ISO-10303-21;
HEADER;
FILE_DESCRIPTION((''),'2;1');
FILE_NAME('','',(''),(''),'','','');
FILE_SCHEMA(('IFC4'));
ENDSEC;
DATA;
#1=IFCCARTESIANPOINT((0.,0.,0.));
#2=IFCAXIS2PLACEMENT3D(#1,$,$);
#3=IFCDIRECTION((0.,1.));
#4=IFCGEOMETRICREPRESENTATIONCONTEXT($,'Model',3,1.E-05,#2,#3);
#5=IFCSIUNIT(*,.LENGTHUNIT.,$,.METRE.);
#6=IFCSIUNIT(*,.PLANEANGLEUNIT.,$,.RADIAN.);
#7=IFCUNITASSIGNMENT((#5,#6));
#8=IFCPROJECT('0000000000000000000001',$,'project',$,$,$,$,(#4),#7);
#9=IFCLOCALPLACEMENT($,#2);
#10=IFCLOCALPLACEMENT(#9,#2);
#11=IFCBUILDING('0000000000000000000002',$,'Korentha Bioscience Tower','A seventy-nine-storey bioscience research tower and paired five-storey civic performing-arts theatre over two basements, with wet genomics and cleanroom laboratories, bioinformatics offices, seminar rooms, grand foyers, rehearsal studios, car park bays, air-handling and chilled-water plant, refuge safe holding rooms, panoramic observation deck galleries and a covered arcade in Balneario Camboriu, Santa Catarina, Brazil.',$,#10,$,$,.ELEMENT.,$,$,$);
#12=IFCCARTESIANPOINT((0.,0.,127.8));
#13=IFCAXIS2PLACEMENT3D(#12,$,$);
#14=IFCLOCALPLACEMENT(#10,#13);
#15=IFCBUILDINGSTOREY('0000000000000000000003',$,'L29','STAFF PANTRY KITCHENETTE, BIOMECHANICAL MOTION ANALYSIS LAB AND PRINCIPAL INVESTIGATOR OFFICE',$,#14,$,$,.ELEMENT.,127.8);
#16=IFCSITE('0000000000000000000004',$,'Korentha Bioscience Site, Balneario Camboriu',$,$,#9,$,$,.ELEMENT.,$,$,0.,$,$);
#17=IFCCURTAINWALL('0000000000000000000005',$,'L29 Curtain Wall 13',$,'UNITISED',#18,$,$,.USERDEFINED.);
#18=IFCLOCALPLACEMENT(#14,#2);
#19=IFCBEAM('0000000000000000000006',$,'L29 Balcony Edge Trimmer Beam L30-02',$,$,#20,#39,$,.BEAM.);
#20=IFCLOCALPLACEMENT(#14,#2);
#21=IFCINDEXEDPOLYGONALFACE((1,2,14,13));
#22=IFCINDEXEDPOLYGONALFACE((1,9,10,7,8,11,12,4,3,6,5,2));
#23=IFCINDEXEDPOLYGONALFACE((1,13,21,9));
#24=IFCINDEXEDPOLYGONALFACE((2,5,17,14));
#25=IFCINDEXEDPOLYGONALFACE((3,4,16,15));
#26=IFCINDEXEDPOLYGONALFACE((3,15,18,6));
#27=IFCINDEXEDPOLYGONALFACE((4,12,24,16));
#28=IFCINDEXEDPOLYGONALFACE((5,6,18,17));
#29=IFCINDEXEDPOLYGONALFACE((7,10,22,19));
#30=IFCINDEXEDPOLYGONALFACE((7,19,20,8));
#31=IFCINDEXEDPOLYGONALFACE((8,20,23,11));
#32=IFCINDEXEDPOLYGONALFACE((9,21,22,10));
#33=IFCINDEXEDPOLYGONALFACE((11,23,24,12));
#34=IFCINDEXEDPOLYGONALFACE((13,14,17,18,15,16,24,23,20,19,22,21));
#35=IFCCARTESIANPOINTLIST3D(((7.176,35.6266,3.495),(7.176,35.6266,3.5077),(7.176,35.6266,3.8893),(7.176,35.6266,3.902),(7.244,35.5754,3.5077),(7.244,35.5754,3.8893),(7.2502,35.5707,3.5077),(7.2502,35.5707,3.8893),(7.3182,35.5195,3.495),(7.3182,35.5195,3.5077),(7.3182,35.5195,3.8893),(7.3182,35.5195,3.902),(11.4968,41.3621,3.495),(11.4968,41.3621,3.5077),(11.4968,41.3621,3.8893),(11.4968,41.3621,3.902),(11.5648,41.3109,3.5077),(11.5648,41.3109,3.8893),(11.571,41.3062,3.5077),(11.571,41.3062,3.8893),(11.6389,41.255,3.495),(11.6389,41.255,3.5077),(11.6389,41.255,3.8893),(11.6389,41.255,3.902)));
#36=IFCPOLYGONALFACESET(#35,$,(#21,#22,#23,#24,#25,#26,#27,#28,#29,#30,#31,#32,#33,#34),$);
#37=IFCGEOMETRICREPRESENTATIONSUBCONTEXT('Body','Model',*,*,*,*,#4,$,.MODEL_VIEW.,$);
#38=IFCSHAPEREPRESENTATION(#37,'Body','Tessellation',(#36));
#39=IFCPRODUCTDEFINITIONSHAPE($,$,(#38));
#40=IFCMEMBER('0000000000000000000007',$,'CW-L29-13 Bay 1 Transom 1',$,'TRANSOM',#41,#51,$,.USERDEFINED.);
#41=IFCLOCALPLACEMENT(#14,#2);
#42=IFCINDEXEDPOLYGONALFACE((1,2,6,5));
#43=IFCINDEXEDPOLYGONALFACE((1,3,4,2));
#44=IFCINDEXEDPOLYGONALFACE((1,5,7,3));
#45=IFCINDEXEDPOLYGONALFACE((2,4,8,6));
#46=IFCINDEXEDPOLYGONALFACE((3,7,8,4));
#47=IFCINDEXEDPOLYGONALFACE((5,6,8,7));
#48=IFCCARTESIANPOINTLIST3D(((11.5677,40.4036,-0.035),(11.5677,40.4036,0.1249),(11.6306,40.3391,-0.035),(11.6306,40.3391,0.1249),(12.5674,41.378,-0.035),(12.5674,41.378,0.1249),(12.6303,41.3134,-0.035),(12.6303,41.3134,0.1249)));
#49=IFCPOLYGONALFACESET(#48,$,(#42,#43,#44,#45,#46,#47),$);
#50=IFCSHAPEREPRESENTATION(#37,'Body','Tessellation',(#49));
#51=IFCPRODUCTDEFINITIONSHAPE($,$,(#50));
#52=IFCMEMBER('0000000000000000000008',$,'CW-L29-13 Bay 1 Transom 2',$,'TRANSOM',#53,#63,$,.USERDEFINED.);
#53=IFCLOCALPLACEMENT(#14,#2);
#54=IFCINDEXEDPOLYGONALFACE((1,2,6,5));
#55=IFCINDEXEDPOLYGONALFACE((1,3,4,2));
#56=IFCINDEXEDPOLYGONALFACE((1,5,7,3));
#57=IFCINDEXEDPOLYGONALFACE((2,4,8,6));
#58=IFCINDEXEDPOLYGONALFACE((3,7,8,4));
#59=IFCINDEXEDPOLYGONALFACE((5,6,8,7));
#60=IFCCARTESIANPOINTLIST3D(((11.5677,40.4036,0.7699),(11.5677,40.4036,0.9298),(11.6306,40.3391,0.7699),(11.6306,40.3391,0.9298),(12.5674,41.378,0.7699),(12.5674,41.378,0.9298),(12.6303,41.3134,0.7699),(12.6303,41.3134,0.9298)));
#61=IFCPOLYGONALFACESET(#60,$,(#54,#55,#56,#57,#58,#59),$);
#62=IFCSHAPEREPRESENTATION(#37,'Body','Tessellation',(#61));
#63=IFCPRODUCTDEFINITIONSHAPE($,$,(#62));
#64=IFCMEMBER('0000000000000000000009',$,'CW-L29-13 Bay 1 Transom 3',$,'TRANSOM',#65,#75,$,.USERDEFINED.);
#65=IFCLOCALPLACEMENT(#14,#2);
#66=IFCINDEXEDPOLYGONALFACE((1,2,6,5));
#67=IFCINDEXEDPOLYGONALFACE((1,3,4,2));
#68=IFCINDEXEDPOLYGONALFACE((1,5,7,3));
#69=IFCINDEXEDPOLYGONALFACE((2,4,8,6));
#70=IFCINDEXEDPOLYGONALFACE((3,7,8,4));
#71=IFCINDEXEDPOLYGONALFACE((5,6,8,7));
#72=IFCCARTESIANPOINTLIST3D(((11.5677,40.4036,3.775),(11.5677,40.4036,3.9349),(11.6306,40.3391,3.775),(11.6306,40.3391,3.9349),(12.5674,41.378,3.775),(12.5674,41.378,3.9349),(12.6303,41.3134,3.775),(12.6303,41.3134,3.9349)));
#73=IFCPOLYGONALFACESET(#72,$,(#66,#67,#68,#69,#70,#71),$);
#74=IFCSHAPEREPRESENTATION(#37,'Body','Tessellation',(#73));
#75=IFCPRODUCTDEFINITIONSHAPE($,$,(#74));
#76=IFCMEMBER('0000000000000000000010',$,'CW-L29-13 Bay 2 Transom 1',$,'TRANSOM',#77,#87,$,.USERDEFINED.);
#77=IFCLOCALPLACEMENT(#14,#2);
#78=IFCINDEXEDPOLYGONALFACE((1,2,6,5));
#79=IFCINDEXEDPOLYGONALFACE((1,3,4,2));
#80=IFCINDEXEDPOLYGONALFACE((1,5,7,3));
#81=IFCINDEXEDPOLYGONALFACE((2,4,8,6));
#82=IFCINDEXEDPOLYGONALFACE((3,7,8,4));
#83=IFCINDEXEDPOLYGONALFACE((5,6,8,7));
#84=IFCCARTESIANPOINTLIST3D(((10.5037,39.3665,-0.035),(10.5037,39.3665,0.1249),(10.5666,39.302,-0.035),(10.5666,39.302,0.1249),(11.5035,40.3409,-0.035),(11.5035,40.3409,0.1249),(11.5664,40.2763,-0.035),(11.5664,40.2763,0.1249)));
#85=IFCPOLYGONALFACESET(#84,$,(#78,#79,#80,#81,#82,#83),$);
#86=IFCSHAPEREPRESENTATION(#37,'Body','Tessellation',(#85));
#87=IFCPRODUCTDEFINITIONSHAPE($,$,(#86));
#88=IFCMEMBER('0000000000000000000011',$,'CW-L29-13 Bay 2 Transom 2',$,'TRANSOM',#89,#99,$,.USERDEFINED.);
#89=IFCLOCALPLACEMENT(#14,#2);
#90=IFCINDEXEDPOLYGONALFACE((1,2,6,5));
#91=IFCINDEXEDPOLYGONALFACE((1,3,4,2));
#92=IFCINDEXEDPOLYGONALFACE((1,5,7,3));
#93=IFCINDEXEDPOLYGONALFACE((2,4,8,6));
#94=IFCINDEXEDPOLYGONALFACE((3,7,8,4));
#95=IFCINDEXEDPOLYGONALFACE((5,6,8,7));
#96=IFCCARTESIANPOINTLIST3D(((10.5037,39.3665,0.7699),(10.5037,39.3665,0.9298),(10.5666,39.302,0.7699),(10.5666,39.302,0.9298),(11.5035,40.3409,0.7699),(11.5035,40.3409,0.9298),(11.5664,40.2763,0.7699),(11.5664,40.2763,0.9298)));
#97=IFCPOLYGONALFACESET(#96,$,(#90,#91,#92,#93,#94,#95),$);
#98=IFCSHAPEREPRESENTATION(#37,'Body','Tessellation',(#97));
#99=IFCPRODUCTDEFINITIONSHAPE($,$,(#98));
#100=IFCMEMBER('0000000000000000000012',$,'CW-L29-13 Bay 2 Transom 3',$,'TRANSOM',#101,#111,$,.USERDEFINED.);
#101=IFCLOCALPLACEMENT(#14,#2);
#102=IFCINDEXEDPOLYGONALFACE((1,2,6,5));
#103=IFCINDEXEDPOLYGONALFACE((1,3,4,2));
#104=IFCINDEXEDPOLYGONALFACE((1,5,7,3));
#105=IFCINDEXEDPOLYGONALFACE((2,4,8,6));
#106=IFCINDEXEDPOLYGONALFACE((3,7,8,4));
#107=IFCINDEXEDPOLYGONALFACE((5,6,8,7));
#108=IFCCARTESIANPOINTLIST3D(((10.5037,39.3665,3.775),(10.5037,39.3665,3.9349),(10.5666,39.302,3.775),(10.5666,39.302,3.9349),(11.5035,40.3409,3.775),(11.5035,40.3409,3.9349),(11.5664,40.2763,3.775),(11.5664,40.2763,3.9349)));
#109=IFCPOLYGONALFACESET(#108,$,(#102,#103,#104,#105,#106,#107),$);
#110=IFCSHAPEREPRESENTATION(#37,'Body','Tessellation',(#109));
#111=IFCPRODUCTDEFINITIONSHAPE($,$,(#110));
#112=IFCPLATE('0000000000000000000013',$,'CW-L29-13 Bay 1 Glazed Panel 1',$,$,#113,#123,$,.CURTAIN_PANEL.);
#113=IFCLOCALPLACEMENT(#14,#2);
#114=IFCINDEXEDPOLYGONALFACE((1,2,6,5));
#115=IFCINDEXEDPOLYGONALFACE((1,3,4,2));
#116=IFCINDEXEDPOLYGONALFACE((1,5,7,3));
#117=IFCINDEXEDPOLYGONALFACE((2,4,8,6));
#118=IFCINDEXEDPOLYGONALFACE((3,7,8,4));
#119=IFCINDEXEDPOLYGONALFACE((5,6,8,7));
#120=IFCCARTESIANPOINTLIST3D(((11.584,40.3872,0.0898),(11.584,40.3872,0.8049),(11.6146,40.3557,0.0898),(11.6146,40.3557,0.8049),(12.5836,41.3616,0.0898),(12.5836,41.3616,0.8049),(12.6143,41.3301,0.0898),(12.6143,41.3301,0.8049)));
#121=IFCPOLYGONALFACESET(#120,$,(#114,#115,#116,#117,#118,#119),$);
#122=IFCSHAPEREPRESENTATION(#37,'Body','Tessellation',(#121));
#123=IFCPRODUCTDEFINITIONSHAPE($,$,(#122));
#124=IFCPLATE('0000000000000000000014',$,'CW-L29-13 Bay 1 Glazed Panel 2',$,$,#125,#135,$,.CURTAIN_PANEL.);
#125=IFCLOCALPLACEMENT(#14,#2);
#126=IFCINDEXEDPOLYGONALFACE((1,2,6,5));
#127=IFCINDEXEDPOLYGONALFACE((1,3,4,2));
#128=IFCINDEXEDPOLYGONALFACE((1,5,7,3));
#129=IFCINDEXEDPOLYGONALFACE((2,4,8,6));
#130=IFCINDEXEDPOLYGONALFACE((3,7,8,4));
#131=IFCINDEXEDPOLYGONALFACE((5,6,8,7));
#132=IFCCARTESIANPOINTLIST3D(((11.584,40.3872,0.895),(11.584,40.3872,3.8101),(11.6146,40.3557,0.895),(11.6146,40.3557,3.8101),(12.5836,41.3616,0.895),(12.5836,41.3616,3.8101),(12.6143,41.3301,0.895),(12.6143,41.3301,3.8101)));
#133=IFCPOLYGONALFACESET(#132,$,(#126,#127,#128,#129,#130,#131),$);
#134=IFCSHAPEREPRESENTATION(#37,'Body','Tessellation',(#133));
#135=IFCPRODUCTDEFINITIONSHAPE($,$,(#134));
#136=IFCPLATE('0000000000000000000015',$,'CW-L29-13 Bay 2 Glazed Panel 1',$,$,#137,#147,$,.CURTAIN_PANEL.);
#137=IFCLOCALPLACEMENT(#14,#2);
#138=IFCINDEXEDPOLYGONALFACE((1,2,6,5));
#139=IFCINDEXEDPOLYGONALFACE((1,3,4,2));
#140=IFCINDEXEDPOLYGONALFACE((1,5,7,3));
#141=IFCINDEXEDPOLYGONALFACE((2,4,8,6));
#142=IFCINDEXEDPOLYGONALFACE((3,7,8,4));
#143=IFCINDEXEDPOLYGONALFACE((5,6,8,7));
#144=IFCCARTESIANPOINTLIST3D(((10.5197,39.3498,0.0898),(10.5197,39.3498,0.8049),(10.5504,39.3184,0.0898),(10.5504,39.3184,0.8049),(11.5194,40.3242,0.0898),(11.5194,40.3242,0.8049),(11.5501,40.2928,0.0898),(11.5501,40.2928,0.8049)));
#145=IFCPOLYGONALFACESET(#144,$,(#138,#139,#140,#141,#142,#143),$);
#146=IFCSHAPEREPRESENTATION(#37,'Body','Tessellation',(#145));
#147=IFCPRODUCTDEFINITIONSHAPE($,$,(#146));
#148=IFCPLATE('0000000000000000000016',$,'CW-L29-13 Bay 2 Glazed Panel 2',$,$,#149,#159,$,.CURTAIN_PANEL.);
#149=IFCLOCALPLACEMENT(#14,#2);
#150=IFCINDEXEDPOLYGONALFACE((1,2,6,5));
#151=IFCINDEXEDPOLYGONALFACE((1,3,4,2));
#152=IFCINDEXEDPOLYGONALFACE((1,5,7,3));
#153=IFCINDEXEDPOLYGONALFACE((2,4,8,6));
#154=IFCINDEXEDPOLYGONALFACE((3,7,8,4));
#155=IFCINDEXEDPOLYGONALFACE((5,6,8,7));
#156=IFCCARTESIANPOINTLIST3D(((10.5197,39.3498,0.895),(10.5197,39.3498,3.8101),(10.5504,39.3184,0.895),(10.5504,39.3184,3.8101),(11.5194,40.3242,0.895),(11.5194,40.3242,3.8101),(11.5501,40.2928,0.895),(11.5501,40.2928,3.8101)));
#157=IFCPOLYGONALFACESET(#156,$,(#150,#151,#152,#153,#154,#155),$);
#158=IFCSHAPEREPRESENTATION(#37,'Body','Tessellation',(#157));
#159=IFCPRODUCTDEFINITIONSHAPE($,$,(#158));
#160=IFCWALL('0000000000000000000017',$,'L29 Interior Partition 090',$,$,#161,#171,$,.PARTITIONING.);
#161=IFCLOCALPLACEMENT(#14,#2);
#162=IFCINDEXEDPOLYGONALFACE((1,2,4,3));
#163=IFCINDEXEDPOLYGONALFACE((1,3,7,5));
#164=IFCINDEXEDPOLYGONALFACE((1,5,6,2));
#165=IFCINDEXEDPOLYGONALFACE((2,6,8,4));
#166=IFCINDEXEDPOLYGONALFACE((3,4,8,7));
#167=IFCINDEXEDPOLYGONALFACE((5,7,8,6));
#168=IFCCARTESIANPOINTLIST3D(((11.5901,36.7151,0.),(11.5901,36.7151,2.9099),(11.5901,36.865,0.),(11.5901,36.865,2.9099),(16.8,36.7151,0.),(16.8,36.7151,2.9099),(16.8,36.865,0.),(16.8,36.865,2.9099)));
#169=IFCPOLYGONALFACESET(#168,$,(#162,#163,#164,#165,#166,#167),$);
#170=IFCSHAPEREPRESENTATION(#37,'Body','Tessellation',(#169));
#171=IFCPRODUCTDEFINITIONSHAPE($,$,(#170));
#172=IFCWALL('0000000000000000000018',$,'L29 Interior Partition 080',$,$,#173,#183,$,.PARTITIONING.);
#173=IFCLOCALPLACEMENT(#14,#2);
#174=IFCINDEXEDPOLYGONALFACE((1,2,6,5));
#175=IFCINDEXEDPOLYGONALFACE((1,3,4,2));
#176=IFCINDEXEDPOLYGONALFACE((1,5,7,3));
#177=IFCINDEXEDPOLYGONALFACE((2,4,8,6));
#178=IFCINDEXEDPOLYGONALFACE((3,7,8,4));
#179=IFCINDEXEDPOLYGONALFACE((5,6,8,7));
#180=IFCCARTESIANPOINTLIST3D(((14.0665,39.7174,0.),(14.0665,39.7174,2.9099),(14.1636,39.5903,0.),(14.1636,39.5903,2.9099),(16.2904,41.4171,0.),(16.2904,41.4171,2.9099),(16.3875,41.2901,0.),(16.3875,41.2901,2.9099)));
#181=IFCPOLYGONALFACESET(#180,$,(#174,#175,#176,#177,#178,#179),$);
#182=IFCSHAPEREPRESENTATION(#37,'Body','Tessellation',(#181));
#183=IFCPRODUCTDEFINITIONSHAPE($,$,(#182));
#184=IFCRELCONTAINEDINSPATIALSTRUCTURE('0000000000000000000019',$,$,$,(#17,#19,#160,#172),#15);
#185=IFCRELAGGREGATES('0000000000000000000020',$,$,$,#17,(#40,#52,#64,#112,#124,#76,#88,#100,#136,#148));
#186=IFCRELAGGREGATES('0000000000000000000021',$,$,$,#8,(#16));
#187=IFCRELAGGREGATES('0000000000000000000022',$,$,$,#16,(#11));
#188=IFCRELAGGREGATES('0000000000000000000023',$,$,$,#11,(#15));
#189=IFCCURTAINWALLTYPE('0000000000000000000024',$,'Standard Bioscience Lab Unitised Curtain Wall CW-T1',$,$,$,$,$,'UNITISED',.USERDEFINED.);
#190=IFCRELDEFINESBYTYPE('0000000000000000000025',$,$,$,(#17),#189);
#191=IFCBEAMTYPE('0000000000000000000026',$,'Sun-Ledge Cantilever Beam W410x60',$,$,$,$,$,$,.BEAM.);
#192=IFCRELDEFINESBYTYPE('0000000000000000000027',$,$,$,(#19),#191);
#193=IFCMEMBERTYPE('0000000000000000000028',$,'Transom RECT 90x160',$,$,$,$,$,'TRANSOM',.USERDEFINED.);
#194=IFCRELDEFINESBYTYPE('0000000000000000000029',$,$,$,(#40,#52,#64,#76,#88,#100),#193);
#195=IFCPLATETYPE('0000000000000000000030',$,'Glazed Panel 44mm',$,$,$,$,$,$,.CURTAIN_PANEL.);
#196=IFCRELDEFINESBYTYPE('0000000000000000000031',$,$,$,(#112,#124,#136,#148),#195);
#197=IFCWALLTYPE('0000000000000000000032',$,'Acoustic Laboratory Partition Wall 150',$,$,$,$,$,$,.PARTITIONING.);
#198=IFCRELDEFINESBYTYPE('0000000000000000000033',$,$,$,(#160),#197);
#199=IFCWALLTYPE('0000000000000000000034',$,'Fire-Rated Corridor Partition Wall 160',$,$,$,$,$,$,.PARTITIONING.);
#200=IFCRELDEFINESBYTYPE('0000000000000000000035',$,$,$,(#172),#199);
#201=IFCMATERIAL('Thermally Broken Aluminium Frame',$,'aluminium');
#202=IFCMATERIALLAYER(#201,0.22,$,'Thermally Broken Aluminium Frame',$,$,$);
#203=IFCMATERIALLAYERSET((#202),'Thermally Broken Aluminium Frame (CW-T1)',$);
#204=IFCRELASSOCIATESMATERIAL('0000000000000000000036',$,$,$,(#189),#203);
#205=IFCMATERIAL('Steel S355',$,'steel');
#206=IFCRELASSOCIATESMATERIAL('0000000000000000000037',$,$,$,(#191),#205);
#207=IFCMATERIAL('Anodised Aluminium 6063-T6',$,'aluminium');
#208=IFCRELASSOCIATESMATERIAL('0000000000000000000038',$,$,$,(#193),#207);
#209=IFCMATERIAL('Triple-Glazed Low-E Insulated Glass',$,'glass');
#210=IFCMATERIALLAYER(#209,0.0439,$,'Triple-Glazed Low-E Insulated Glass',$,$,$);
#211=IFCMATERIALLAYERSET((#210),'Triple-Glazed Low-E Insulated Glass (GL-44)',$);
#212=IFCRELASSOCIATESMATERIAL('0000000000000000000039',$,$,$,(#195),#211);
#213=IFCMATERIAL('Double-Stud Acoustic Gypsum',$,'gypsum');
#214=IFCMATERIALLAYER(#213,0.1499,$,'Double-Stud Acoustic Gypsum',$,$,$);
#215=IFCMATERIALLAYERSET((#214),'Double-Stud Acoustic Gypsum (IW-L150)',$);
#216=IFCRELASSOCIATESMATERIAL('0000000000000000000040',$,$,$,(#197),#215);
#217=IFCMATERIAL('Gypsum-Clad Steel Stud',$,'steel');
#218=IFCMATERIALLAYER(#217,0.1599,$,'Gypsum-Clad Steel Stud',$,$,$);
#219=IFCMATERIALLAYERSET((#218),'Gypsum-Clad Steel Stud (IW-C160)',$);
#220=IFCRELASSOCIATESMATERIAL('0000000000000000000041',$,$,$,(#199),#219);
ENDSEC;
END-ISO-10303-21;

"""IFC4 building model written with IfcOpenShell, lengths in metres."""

from ifc_helpers import new_model, si_unit, direction, frame, frame_2d, origin, origin_2d, place, context, subcontext, project, spatial, rectangle, i_section, extrude, material, layer, layer_set, material_profile, profile_set, type_object, element, aggregate, save


model = new_model("IFC4")

# Units and contexts
model_context = context("Model", 3, precision=1e-05, world=origin(), true_north=direction((0.0, 1.0)))
body_context = subcontext(model_context, "Body", "Model", "MODEL_VIEW")
ifc_project = project(units=[si_unit("LENGTHUNIT", "METRE"), si_unit("PLANEANGLEUNIT", "RADIAN")], contexts=[model_context])

# Site, building, storey
site_placement = place(None, origin())
site = spatial("IfcSite", under=ifc_project, at=site_placement, Name="Korentha Bioscience Site, Balneario Camboriu", CompositionType="ELEMENT", RefElevation=0.0)
building_placement = place(site_placement, origin())
building = spatial("IfcBuilding", under=site, at=building_placement, Name="Korentha Bioscience Tower", Description="A seventy-nine-storey bioscience research tower and paired five-storey civic performing-arts theatre over two basements, with wet genomics and cleanroom laboratories, bioinformatics offices, seminar rooms, grand foyers, rehearsal studios, car park bays, air-handling and chilled-water plant, refuge safe holding rooms, panoramic observation deck galleries and a covered arcade in Balneario Camboriu, Santa Catarina, Brazil.", CompositionType="ELEMENT")
storey_placement = place(building_placement, frame((0.0, 0.0, 127.8)))
storey = spatial("IfcBuildingStorey", under=building, at=storey_placement, Name="L29", Description="STAFF PANTRY KITCHENETTE, BIOMECHANICAL MOTION ANALYSIS LAB AND PRINCIPAL INVESTIGATOR OFFICE", CompositionType="ELEMENT", Elevation=127.8)

# Curtain wall
ifc_material_1 = material(Name="Thermally Broken Aluminium Frame", Category="aluminium")
ifc_layer_1 = layer(ifc_material_1, 0.22, Name="Thermally Broken Aluminium Frame")
ifc_layer_set_1 = layer_set([ifc_layer_1], Name="Thermally Broken Aluminium Frame (CW-T1)")
curtain_wall_type = type_object("IfcCurtainWallType", Name="Standard Bioscience Lab Unitised Curtain Wall CW-T1", ElementType="UNITISED", PredefinedType="USERDEFINED", material=ifc_layer_set_1)
curtain_wall_placement = place(storey_placement, origin())
curtain_wall = element("IfcCurtainWall", 1, at=curtain_wall_placement, inside=storey, type_object=curtain_wall_type, Name="L29 Curtain Wall 13", ObjectType="UNITISED", PredefinedType="USERDEFINED")
ifc_material_2 = material(Name="Anodised Aluminium 6063-T6", Category="aluminium")

# Beam
ifc_material_3 = material(Name="Steel S355", Category="steel")
ifc_material_profile_1 = material_profile(ifc_material_3, i_section(OverallWidth=0.178, OverallDepth=0.407, WebThickness=0.0078, FlangeThickness=0.0127, at=origin_2d()), Name="Steel S355")
ifc_profile_set_1 = profile_set([ifc_material_profile_1], Name="Steel S355 (CB-410)")
beam_type_1 = type_object("IfcBeamType", Name="Sun-Ledge Cantilever Beam W410x60", PredefinedType="BEAM", material=ifc_profile_set_1)
beam_1_placement = place(storey_placement, frame((11.5679, 41.3086, 3.6985), z_axis=(-0.601701, -0.798721, 0.0), x_axis=(0.798721, -0.601701, 0.0)))
element("IfcBeam", 2, at=beam_1_placement, inside=storey, type_object=beam_type_1, Name="L29 Balcony Edge Trimmer Beam L30-02", PredefinedType="BEAM", context=body_context, shape_type="SweptSolid", body=[
    extrude(i_section(OverallWidth=0.178, OverallDepth=0.407, WebThickness=0.0078, FlangeThickness=0.0127, at=origin_2d()), origin(), (0.0, 0.0, 1.0), 7.1809),
])

# Members
ifc_material_profile_2 = material_profile(ifc_material_2, rectangle(XDim=0.0901, YDim=0.1599, at=origin_2d()), Name="Anodised Aluminium 6063-T6")
ifc_profile_set_2 = profile_set([ifc_material_profile_2], Name="Anodised Aluminium 6063-T6 (CW-TRN)")
member_type_1 = type_object("IfcMemberType", Name="Transom RECT 90x160", ElementType="TRANSOM", PredefinedType="USERDEFINED", material=ifc_profile_set_2)
member_1_placement = place(storey_placement, frame((12.5989, 41.3457, 0.0449), z_axis=(-0.716142, -0.697954, 0.0), x_axis=(0.697954, -0.716142, 0.0)))
member_1 = element("IfcMember", 3, at=member_1_placement, type_object=member_type_1, Name="CW-L29-13 Bay 1 Transom 1", ObjectType="TRANSOM", PredefinedType="USERDEFINED", context=body_context, shape_type="SweptSolid", body=[
    extrude(rectangle(XDim=0.0901, YDim=0.1599, at=origin_2d()), origin(), (0.0, 0.0, 1.0), 1.396),
])
member_2_placement = place(storey_placement, frame((12.5989, 41.3457, 0.8499), z_axis=(-0.716142, -0.697954, 0.0), x_axis=(0.697954, -0.716142, 0.0)))
member_2 = element("IfcMember", 4, at=member_2_placement, type_object=member_type_1, Name="CW-L29-13 Bay 1 Transom 2", ObjectType="TRANSOM", PredefinedType="USERDEFINED", context=body_context, shape_type="SweptSolid", body=[
    extrude(rectangle(XDim=0.0901, YDim=0.1599, at=origin_2d()), origin(), (0.0, 0.0, 1.0), 1.396),
])
member_3_placement = place(storey_placement, frame((12.5989, 41.3457, 3.855), z_axis=(-0.716142, -0.697954, 0.0), x_axis=(0.697954, -0.716142, 0.0)))
member_3 = element("IfcMember", 5, at=member_3_placement, type_object=member_type_1, Name="CW-L29-13 Bay 1 Transom 3", ObjectType="TRANSOM", PredefinedType="USERDEFINED", context=body_context, shape_type="SweptSolid", body=[
    extrude(rectangle(XDim=0.0901, YDim=0.1599, at=origin_2d()), origin(), (0.0, 0.0, 1.0), 1.396),
])
member_4_placement = place(storey_placement, frame((11.5349, 40.3086, 0.0449), z_axis=(-0.716142, -0.697954, 0.0), x_axis=(0.697954, -0.716142, 0.0)))
member_4 = element("IfcMember", 6, at=member_4_placement, type_object=member_type_1, Name="CW-L29-13 Bay 2 Transom 1", ObjectType="TRANSOM", PredefinedType="USERDEFINED", context=body_context, shape_type="SweptSolid", body=[
    extrude(rectangle(XDim=0.0901, YDim=0.1599, at=origin_2d()), origin(), (0.0, 0.0, 1.0), 1.396),
])
member_5_placement = place(storey_placement, frame((11.5349, 40.3086, 0.8499), z_axis=(-0.716142, -0.697954, 0.0), x_axis=(0.697954, -0.716142, 0.0)))
member_5 = element("IfcMember", 7, at=member_5_placement, type_object=member_type_1, Name="CW-L29-13 Bay 2 Transom 2", ObjectType="TRANSOM", PredefinedType="USERDEFINED", context=body_context, shape_type="SweptSolid", body=[
    extrude(rectangle(XDim=0.0901, YDim=0.1599, at=origin_2d()), origin(), (0.0, 0.0, 1.0), 1.396),
])
member_6_placement = place(storey_placement, frame((11.5349, 40.3086, 3.855), z_axis=(-0.716142, -0.697954, 0.0), x_axis=(0.697954, -0.716142, 0.0)))
member_6 = element("IfcMember", 8, at=member_6_placement, type_object=member_type_1, Name="CW-L29-13 Bay 2 Transom 3", ObjectType="TRANSOM", PredefinedType="USERDEFINED", context=body_context, shape_type="SweptSolid", body=[
    extrude(rectangle(XDim=0.0901, YDim=0.1599, at=origin_2d()), origin(), (0.0, 0.0, 1.0), 1.396),
])

# Plates
ifc_material_4 = material(Name="Triple-Glazed Low-E Insulated Glass", Category="glass")
ifc_layer_2 = layer(ifc_material_4, 0.0439, Name="Triple-Glazed Low-E Insulated Glass")
ifc_layer_set_2 = layer_set([ifc_layer_2], Name="Triple-Glazed Low-E Insulated Glass (GL-44)")
plate_type = type_object("IfcPlateType", Name="Glazed Panel 44mm", PredefinedType="CURTAIN_PANEL", material=ifc_layer_set_2)
plate_1_placement = place(storey_placement, frame((12.0991, 40.8586, 0.0898), z_axis=(0.0, 0.0, 1.0), x_axis=(-0.716096, -0.698002, 0.0)))
plate_1 = element("IfcPlate", 9, at=plate_1_placement, type_object=plate_type, Name="CW-L29-13 Bay 1 Glazed Panel 1", PredefinedType="CURTAIN_PANEL", context=body_context, shape_type="SweptSolid", body=[
    extrude(rectangle(XDim=1.396, YDim=0.0439, at=origin_2d()), origin(), (0.0, 0.0, 1.0), 0.7151),
])
plate_2_placement = place(storey_placement, frame((12.0991, 40.8586, 0.895), z_axis=(0.0, 0.0, 1.0), x_axis=(-0.716096, -0.698002, 0.0)))
plate_2 = element("IfcPlate", 10, at=plate_2_placement, type_object=plate_type, Name="CW-L29-13 Bay 1 Glazed Panel 2", PredefinedType="CURTAIN_PANEL", context=body_context, shape_type="SweptSolid", body=[
    extrude(rectangle(XDim=1.396, YDim=0.0439, at=origin_2d()), origin(), (0.0, 0.0, 1.0), 2.915),
])
plate_3_placement = place(storey_placement, frame((11.0349, 39.8213, 0.0898), z_axis=(0.0, 0.0, 1.0), x_axis=(-0.716096, -0.698002, 0.0)))
plate_3 = element("IfcPlate", 11, at=plate_3_placement, type_object=plate_type, Name="CW-L29-13 Bay 2 Glazed Panel 1", PredefinedType="CURTAIN_PANEL", context=body_context, shape_type="SweptSolid", body=[
    extrude(rectangle(XDim=1.396, YDim=0.0439, at=origin_2d()), origin(), (0.0, 0.0, 1.0), 0.7151),
])
plate_4_placement = place(storey_placement, frame((11.0349, 39.8213, 0.895), z_axis=(0.0, 0.0, 1.0), x_axis=(-0.716096, -0.698002, 0.0)))
plate_4 = element("IfcPlate", 12, at=plate_4_placement, type_object=plate_type, Name="CW-L29-13 Bay 2 Glazed Panel 2", PredefinedType="CURTAIN_PANEL", context=body_context, shape_type="SweptSolid", body=[
    extrude(rectangle(XDim=1.396, YDim=0.0439, at=origin_2d()), origin(), (0.0, 0.0, 1.0), 2.915),
])
aggregate(curtain_wall, [member_1, member_2, member_3, plate_1, plate_2, member_4, member_5, member_6, plate_3, plate_4])

# Walls
ifc_material_5 = material(Name="Double-Stud Acoustic Gypsum", Category="gypsum")
ifc_layer_3 = layer(ifc_material_5, 0.1499, Name="Double-Stud Acoustic Gypsum")
ifc_layer_set_3 = layer_set([ifc_layer_3], Name="Double-Stud Acoustic Gypsum (IW-L150)")
wall_type_1 = type_object("IfcWallType", Name="Acoustic Laboratory Partition Wall 150", PredefinedType="PARTITIONING", material=ifc_layer_set_3)
wall_1_placement = place(storey_placement, frame((11.5901, 36.79, 0.0), z_axis=(0.0, 0.0, 1.0), x_axis=(1.0, 0.0, 0.0)))
element("IfcWall", 13, at=wall_1_placement, inside=storey, type_object=wall_type_1, Name="L29 Interior Partition 090", PredefinedType="PARTITIONING", context=body_context, shape_type="SweptSolid", body=[
    extrude(rectangle(XDim=5.21, YDim=0.1499, at=frame_2d((2.605, 0.0))), origin(), (0.0, 0.0, 1.0), 2.9099),
])
ifc_material_6 = material(Name="Gypsum-Clad Steel Stud", Category="steel")
ifc_layer_4 = layer(ifc_material_6, 0.1599, Name="Gypsum-Clad Steel Stud")
ifc_layer_set_4 = layer_set([ifc_layer_4], Name="Gypsum-Clad Steel Stud (IW-C160)")
wall_type_2 = type_object("IfcWallType", Name="Fire-Rated Corridor Partition Wall 160", PredefinedType="PARTITIONING", material=ifc_layer_set_4)
wall_2_placement = place(storey_placement, frame((16.3389, 41.3535, 0.0), z_axis=(0.0, 0.0, 1.0), x_axis=(-0.794514, -0.607246, 0.0)))
element("IfcWall", 14, at=wall_2_placement, inside=storey, type_object=wall_type_2, Name="L29 Interior Partition 080", PredefinedType="PARTITIONING", context=body_context, shape_type="SweptSolid", body=[
    extrude(rectangle(XDim=2.7991, YDim=0.1599, at=frame_2d((1.3994, 0.0))), origin(), (0.0, 0.0, 1.0), 2.9099),
])

save(model, "model.ifc")
